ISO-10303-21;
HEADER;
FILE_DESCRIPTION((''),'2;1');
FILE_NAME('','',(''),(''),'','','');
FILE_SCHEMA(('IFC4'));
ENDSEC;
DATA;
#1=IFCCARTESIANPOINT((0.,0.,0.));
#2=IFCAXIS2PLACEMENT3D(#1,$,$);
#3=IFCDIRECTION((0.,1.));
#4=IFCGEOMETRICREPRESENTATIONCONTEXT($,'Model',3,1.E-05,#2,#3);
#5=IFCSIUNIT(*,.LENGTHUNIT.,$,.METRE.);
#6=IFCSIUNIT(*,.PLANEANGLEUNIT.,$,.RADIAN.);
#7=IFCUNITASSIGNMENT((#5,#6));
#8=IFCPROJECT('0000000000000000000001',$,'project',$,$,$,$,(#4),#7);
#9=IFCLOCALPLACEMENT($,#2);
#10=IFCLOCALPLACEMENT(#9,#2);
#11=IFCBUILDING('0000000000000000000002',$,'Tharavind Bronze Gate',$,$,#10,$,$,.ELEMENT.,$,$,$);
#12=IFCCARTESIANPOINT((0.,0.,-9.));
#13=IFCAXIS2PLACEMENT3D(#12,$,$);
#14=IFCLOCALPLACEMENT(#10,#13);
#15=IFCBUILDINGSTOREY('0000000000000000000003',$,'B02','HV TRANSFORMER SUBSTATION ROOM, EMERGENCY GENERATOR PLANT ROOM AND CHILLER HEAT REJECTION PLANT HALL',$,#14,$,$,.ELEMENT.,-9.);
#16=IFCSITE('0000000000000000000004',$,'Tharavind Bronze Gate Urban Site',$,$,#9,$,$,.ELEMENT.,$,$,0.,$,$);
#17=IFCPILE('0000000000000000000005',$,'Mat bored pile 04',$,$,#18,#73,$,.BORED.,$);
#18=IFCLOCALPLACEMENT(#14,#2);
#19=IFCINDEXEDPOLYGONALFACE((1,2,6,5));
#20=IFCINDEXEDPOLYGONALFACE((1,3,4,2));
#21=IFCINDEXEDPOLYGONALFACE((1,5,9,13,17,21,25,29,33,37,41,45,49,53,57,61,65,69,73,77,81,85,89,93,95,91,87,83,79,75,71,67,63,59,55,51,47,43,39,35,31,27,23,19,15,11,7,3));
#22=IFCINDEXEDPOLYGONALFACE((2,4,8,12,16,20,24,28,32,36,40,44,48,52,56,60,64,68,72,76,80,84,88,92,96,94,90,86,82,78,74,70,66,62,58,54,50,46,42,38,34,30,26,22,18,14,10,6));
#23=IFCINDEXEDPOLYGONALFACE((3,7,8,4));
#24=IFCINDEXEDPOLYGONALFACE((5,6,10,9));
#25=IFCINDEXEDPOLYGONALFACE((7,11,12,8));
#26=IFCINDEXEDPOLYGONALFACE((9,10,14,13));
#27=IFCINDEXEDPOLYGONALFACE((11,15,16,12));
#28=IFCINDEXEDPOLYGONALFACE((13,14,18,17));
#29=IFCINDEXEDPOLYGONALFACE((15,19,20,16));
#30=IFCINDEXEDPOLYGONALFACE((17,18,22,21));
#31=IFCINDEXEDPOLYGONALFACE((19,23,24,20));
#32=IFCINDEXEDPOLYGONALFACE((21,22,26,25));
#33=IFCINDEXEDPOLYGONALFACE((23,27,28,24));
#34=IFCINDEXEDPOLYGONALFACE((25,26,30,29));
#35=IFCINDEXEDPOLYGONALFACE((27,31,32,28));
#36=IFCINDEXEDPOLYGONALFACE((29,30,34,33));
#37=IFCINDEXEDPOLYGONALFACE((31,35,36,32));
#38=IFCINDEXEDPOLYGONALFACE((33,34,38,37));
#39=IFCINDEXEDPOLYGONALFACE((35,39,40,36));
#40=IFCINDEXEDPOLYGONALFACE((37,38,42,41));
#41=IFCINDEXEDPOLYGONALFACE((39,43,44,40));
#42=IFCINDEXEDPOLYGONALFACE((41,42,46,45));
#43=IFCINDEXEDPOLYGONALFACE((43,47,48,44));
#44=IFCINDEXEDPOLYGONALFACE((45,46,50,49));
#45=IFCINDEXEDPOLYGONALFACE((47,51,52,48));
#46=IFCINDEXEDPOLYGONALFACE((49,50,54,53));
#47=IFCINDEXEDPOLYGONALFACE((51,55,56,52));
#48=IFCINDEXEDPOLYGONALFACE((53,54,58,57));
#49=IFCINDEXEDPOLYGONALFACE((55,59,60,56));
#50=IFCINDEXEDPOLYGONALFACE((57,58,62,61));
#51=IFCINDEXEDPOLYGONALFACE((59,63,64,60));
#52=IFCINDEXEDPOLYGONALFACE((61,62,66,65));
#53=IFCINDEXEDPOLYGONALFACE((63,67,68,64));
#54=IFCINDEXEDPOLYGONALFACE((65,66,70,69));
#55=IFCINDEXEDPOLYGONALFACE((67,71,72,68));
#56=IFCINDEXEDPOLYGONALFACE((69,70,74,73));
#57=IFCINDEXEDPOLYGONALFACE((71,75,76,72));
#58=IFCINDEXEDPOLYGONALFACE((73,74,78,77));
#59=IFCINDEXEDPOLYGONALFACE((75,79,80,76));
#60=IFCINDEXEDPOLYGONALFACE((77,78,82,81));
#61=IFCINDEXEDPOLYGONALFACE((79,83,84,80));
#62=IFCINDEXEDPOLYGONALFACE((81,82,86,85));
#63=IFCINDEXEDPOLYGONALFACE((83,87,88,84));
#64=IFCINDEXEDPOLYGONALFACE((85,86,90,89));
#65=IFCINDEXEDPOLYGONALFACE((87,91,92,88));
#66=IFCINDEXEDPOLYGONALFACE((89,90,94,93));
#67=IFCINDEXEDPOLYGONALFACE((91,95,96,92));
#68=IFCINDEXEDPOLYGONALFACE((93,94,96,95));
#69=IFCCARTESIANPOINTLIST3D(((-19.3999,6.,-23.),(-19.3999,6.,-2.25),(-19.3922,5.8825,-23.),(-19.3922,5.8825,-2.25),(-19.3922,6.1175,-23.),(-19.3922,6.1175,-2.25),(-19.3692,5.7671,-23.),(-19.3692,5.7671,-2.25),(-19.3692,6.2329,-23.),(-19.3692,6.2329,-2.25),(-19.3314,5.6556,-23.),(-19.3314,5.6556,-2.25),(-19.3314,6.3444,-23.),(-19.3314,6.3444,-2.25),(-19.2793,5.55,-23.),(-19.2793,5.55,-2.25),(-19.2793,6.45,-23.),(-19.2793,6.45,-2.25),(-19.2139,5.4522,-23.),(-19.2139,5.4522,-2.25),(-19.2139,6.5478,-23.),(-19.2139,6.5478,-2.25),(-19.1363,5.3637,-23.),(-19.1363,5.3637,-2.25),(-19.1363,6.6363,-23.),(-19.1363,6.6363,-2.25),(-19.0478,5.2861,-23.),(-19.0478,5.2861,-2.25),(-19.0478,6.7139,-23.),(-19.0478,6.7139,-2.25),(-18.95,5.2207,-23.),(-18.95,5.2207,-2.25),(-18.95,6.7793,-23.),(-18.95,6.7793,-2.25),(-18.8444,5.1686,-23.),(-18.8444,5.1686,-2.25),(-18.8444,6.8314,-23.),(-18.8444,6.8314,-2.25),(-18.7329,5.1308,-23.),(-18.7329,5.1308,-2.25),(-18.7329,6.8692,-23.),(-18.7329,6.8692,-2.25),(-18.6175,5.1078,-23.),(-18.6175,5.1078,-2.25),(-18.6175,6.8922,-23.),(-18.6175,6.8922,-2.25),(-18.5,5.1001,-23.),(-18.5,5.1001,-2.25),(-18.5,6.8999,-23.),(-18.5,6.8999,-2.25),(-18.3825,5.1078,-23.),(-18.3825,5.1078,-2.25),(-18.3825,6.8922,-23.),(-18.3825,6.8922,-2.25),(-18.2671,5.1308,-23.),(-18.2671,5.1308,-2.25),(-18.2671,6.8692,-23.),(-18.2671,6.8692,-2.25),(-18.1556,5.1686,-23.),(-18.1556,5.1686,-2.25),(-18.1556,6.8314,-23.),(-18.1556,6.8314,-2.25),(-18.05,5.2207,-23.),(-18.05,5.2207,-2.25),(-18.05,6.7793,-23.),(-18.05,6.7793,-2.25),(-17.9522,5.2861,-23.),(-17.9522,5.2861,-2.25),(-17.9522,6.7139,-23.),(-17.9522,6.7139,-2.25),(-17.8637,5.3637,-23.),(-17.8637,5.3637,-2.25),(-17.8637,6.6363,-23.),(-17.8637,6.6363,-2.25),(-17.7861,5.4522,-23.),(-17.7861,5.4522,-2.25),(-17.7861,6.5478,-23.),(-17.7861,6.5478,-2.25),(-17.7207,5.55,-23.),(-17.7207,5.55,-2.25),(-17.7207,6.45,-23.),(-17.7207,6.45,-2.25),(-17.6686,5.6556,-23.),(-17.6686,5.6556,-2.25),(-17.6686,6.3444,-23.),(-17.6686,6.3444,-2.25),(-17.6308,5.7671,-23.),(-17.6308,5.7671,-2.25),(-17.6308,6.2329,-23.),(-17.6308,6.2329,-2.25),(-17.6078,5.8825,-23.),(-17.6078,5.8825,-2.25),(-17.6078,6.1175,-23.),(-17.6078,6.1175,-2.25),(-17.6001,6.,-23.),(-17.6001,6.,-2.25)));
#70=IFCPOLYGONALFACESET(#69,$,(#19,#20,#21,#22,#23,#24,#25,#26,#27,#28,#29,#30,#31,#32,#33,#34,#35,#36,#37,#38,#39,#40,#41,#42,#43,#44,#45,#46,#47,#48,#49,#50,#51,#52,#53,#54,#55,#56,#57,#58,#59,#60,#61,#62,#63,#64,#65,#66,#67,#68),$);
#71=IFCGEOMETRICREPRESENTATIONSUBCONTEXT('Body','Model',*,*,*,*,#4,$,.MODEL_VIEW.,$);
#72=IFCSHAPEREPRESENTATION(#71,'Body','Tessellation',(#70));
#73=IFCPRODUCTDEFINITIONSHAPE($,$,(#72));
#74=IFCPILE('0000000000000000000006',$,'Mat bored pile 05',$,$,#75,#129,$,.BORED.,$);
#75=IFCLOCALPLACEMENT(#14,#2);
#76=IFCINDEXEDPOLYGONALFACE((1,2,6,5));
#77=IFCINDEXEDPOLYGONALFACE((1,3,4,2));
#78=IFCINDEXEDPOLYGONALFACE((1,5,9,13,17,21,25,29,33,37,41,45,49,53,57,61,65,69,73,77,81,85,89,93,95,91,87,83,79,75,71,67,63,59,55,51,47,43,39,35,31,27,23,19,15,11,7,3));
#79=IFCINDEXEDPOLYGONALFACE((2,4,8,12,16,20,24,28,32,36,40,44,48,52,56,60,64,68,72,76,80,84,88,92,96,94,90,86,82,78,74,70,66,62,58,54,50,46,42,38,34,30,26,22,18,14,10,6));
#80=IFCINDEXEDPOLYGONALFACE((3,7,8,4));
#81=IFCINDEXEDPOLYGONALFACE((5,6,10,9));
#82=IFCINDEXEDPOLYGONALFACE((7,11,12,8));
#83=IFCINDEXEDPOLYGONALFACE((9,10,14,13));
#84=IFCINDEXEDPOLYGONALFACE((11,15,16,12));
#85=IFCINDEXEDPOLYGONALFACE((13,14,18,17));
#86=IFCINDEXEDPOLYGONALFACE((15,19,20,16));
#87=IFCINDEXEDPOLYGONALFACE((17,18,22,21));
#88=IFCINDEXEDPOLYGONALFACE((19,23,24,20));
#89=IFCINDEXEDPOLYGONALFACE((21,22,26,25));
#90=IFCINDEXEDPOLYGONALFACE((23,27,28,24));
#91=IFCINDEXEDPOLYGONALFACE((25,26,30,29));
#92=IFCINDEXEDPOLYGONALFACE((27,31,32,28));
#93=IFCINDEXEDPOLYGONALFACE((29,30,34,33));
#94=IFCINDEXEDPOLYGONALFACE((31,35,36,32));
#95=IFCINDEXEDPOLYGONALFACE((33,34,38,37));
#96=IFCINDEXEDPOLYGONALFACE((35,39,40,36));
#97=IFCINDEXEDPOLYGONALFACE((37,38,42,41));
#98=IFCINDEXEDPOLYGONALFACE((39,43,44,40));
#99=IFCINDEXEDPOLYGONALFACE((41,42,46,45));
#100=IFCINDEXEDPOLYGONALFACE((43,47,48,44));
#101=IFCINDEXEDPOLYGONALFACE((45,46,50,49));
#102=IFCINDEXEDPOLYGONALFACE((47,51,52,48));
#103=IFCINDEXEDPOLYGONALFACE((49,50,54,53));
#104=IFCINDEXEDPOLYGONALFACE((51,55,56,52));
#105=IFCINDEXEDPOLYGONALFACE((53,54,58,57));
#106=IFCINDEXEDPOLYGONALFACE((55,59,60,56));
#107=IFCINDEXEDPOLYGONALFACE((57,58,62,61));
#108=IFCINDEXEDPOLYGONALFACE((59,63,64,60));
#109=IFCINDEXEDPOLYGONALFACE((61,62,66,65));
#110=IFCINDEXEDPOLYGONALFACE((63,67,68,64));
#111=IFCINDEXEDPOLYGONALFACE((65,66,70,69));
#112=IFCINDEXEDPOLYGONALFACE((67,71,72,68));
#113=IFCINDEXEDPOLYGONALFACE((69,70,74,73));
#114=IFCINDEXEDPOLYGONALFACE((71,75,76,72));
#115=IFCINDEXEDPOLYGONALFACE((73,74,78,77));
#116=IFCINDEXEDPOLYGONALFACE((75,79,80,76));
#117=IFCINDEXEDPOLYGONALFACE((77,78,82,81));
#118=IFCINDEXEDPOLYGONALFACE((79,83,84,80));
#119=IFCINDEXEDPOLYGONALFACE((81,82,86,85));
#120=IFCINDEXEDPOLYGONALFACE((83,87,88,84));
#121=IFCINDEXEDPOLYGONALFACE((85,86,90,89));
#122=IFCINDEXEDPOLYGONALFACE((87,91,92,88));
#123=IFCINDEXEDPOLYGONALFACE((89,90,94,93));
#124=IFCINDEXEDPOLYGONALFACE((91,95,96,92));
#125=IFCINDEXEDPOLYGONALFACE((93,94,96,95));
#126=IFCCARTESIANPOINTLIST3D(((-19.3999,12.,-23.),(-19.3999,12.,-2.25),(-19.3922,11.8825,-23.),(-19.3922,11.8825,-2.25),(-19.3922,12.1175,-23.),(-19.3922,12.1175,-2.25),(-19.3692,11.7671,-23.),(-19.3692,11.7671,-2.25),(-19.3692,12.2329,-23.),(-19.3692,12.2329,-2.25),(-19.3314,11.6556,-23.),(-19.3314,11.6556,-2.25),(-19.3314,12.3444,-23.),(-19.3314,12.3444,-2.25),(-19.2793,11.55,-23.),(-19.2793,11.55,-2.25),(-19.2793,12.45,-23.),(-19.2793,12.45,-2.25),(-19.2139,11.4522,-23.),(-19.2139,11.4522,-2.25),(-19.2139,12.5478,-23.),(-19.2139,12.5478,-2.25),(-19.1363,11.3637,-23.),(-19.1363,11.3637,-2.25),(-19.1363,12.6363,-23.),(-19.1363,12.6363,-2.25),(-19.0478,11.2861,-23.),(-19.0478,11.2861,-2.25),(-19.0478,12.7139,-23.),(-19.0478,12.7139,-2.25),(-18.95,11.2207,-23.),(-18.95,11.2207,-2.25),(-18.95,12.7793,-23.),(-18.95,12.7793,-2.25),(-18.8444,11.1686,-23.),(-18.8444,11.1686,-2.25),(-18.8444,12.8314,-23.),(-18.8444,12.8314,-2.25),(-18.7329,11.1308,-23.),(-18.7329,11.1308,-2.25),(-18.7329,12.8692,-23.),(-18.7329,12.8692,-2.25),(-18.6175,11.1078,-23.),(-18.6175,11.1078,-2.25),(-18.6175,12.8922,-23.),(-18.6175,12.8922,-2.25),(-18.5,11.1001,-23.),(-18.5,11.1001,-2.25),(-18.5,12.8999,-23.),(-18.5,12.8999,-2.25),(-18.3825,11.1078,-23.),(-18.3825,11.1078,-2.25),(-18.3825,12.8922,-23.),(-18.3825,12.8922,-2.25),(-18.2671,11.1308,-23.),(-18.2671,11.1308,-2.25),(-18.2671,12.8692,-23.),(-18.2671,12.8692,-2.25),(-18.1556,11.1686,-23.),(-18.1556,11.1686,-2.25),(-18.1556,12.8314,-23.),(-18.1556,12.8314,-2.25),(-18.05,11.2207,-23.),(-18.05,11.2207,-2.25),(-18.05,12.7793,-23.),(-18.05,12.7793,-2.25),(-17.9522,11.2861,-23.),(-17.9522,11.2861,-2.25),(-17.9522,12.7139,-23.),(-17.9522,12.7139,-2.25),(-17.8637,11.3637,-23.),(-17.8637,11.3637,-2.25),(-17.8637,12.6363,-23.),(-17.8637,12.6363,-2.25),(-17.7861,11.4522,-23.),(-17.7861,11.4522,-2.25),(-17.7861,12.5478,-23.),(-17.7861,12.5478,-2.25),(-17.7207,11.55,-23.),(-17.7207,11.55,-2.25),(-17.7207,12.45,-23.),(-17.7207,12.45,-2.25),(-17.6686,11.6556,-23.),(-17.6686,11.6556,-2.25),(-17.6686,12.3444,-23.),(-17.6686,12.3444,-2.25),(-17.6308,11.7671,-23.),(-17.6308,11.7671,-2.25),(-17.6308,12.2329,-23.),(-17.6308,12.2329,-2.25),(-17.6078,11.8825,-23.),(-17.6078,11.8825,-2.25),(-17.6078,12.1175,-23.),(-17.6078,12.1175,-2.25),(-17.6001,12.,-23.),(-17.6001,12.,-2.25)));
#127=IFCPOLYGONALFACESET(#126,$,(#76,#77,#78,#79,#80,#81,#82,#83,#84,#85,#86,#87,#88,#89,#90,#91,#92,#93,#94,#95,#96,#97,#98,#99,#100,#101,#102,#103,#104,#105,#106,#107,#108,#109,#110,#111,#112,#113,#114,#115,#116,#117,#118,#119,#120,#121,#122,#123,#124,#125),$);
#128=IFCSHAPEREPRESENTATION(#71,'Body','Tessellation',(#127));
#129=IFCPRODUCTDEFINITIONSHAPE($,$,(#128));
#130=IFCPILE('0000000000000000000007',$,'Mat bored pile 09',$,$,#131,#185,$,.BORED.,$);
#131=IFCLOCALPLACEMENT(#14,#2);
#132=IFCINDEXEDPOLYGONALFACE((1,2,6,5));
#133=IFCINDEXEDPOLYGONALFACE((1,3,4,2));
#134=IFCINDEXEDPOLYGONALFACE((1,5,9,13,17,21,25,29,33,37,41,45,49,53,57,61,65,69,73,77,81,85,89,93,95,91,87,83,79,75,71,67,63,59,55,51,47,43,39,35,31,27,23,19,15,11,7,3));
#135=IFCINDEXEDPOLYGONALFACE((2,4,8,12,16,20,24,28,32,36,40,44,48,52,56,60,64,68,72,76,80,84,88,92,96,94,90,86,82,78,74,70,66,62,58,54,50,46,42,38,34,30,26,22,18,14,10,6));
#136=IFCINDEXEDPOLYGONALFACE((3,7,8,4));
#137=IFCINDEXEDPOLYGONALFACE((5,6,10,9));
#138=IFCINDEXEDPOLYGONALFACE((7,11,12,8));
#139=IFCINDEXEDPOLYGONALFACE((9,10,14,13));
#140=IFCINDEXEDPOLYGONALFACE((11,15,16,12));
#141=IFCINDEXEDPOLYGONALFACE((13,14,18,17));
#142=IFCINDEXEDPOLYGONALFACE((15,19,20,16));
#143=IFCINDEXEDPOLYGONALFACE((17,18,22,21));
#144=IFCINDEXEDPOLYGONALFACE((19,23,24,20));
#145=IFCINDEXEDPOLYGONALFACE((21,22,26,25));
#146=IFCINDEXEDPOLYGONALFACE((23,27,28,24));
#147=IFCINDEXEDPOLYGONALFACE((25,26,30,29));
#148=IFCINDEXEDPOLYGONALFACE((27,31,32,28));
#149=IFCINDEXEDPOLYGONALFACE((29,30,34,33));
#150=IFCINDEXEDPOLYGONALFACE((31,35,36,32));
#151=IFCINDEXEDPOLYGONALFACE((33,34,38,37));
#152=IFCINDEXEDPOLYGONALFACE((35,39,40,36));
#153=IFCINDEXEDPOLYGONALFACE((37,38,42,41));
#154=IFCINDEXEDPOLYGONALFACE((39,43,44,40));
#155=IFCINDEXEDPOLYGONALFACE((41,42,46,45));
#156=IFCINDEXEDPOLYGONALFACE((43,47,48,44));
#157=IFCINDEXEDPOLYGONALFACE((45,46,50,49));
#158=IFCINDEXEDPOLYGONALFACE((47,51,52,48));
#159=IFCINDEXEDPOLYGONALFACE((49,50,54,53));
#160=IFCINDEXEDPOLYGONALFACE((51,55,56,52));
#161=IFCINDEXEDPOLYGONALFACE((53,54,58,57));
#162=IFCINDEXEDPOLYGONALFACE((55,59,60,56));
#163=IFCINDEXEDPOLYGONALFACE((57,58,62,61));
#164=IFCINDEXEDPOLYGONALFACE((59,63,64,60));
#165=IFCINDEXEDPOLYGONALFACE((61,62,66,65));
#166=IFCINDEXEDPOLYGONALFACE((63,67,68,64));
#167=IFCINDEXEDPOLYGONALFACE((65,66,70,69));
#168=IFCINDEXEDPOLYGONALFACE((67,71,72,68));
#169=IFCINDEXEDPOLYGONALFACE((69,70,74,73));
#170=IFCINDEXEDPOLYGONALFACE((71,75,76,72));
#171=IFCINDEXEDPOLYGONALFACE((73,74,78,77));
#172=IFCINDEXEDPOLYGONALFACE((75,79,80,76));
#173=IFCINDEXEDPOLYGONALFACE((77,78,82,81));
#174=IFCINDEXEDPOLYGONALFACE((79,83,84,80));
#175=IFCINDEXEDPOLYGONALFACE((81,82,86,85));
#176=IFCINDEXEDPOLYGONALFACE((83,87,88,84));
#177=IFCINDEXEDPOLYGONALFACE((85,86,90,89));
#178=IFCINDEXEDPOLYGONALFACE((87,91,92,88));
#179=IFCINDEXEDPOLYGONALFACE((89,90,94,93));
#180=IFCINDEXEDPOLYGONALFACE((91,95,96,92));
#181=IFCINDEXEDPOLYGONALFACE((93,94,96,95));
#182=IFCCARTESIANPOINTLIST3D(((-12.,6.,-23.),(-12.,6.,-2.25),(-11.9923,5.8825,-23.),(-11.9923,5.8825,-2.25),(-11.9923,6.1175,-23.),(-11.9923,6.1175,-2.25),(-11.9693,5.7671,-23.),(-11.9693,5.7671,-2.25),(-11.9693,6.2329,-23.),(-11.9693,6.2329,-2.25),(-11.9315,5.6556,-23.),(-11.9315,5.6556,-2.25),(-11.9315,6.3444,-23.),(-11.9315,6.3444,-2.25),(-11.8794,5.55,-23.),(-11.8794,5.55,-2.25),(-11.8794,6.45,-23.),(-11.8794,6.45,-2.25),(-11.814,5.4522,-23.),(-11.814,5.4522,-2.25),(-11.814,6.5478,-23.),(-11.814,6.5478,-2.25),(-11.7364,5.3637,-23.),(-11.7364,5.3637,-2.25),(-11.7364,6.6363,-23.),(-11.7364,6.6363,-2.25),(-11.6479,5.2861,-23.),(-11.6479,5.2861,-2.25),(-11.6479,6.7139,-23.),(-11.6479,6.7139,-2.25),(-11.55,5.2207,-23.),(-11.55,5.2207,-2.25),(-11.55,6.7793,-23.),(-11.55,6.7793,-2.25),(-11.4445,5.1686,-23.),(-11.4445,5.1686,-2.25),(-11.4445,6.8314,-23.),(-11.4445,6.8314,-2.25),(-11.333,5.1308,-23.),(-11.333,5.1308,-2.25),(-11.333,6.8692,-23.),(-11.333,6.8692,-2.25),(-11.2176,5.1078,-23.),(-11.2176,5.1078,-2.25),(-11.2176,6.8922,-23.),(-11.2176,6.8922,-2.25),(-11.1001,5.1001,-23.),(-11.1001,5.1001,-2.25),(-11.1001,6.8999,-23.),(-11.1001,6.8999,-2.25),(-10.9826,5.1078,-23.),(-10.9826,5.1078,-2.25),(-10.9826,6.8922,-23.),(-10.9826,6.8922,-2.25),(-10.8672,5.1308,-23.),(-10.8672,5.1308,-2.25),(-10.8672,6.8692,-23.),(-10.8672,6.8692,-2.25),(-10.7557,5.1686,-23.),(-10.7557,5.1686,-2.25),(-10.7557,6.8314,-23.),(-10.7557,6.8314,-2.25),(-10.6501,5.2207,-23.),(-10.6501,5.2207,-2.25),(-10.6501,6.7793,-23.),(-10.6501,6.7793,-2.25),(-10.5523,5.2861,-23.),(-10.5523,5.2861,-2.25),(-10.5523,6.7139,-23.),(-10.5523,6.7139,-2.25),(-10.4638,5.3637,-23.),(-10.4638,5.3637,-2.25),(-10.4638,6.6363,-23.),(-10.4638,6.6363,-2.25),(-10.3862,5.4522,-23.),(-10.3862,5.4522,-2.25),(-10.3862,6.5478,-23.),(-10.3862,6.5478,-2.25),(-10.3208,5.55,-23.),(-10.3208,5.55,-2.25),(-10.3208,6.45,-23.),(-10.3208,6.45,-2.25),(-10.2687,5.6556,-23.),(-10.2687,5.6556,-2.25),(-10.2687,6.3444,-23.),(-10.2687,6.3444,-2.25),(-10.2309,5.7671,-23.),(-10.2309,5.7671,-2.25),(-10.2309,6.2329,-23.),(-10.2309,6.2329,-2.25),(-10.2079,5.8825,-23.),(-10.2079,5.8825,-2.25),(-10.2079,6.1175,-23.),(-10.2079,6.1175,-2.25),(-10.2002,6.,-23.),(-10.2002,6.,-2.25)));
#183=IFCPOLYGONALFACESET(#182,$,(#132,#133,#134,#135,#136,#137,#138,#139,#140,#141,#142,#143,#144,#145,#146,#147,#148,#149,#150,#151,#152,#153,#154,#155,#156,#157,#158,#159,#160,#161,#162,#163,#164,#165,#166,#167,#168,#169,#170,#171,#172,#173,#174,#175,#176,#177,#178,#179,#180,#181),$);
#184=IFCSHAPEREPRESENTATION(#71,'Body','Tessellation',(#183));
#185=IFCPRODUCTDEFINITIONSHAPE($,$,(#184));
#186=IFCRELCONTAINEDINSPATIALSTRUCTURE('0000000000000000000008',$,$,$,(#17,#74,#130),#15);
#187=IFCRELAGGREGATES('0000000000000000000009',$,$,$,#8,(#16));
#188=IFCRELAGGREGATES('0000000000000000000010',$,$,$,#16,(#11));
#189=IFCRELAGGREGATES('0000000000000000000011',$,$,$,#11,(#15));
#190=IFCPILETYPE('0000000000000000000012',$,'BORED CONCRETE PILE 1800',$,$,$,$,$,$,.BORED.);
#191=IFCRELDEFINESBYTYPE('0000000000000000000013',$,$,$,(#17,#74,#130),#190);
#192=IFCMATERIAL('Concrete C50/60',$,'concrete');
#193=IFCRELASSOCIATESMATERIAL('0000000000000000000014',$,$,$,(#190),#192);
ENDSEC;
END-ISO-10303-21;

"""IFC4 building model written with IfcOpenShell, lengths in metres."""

from ifc_helpers import new_model, si_unit, direction, frame, origin, origin_2d, place, context, subcontext, project, spatial, circle, extrude, material, material_profile, profile_set, type_object, element, save


model = new_model("IFC4")

# Units and contexts
model_context = context("Model", 3, precision=1e-05, world=origin(), true_north=direction((0.0, 1.0)))
body_context = subcontext(model_context, "Body", "Model", "MODEL_VIEW")
ifc_project = project(units=[si_unit("LENGTHUNIT", "METRE"), si_unit("PLANEANGLEUNIT", "RADIAN")], contexts=[model_context])

# Site, building, storey
site_placement = place(None, origin())
site = spatial("IfcSite", under=ifc_project, at=site_placement, Name="Tharavind Bronze Gate Urban Site", CompositionType="ELEMENT", RefElevation=0.0)
building_placement = place(site_placement, origin())
building = spatial("IfcBuilding", under=site, at=building_placement, Name="Tharavind Bronze Gate", CompositionType="ELEMENT")
storey_placement = place(building_placement, frame((0.0, 0.0, -9.0)))
storey = spatial("IfcBuildingStorey", under=building, at=storey_placement, Name="B02", Description="HV TRANSFORMER SUBSTATION ROOM, EMERGENCY GENERATOR PLANT ROOM AND CHILLER HEAT REJECTION PLANT HALL", CompositionType="ELEMENT", Elevation=-9.0)

# Piles
ifc_material_1 = material(Name="Concrete C50/60", Category="concrete")
ifc_material_profile_1 = material_profile(ifc_material_1, circle(Radius=0.8999, at=origin_2d()), Name="PILE1800")
ifc_profile_set_1 = profile_set([ifc_material_profile_1], Name="Concrete C50/60")
pile_type_1 = type_object("IfcPileType", Name="BORED CONCRETE PILE 1800", PredefinedType="BORED", material=ifc_profile_set_1)
for number, where, z_axis, x_axis, name in (
    (1, (-18.5, 6.0, -2.25), (0.0, 0.0, -1.0), (1.0, 0.0, 0.0), "Mat bored pile 04"),
    (2, (-18.5, 12.0, -2.25), (0.0, 0.0, -1.0), (1.0, 0.0, 0.0), "Mat bored pile 05"),
    (3, (-11.1001, 6.0, -2.25), (0.0, 0.0, -1.0), (1.0, 0.0, 0.0), "Mat bored pile 09"),
):
    element("IfcPile", number, at=place(storey_placement, frame(where, z_axis=z_axis, x_axis=x_axis)), inside=storey, type_object=pile_type_1, Name=name, PredefinedType="BORED", context=body_context, shape_type="SweptSolid", body=[
        extrude(circle(Radius=0.8999, at=origin_2d()), origin(), (0.0, 0.0, 1.0), 20.75),
    ])

save(model, "model.ifc")
